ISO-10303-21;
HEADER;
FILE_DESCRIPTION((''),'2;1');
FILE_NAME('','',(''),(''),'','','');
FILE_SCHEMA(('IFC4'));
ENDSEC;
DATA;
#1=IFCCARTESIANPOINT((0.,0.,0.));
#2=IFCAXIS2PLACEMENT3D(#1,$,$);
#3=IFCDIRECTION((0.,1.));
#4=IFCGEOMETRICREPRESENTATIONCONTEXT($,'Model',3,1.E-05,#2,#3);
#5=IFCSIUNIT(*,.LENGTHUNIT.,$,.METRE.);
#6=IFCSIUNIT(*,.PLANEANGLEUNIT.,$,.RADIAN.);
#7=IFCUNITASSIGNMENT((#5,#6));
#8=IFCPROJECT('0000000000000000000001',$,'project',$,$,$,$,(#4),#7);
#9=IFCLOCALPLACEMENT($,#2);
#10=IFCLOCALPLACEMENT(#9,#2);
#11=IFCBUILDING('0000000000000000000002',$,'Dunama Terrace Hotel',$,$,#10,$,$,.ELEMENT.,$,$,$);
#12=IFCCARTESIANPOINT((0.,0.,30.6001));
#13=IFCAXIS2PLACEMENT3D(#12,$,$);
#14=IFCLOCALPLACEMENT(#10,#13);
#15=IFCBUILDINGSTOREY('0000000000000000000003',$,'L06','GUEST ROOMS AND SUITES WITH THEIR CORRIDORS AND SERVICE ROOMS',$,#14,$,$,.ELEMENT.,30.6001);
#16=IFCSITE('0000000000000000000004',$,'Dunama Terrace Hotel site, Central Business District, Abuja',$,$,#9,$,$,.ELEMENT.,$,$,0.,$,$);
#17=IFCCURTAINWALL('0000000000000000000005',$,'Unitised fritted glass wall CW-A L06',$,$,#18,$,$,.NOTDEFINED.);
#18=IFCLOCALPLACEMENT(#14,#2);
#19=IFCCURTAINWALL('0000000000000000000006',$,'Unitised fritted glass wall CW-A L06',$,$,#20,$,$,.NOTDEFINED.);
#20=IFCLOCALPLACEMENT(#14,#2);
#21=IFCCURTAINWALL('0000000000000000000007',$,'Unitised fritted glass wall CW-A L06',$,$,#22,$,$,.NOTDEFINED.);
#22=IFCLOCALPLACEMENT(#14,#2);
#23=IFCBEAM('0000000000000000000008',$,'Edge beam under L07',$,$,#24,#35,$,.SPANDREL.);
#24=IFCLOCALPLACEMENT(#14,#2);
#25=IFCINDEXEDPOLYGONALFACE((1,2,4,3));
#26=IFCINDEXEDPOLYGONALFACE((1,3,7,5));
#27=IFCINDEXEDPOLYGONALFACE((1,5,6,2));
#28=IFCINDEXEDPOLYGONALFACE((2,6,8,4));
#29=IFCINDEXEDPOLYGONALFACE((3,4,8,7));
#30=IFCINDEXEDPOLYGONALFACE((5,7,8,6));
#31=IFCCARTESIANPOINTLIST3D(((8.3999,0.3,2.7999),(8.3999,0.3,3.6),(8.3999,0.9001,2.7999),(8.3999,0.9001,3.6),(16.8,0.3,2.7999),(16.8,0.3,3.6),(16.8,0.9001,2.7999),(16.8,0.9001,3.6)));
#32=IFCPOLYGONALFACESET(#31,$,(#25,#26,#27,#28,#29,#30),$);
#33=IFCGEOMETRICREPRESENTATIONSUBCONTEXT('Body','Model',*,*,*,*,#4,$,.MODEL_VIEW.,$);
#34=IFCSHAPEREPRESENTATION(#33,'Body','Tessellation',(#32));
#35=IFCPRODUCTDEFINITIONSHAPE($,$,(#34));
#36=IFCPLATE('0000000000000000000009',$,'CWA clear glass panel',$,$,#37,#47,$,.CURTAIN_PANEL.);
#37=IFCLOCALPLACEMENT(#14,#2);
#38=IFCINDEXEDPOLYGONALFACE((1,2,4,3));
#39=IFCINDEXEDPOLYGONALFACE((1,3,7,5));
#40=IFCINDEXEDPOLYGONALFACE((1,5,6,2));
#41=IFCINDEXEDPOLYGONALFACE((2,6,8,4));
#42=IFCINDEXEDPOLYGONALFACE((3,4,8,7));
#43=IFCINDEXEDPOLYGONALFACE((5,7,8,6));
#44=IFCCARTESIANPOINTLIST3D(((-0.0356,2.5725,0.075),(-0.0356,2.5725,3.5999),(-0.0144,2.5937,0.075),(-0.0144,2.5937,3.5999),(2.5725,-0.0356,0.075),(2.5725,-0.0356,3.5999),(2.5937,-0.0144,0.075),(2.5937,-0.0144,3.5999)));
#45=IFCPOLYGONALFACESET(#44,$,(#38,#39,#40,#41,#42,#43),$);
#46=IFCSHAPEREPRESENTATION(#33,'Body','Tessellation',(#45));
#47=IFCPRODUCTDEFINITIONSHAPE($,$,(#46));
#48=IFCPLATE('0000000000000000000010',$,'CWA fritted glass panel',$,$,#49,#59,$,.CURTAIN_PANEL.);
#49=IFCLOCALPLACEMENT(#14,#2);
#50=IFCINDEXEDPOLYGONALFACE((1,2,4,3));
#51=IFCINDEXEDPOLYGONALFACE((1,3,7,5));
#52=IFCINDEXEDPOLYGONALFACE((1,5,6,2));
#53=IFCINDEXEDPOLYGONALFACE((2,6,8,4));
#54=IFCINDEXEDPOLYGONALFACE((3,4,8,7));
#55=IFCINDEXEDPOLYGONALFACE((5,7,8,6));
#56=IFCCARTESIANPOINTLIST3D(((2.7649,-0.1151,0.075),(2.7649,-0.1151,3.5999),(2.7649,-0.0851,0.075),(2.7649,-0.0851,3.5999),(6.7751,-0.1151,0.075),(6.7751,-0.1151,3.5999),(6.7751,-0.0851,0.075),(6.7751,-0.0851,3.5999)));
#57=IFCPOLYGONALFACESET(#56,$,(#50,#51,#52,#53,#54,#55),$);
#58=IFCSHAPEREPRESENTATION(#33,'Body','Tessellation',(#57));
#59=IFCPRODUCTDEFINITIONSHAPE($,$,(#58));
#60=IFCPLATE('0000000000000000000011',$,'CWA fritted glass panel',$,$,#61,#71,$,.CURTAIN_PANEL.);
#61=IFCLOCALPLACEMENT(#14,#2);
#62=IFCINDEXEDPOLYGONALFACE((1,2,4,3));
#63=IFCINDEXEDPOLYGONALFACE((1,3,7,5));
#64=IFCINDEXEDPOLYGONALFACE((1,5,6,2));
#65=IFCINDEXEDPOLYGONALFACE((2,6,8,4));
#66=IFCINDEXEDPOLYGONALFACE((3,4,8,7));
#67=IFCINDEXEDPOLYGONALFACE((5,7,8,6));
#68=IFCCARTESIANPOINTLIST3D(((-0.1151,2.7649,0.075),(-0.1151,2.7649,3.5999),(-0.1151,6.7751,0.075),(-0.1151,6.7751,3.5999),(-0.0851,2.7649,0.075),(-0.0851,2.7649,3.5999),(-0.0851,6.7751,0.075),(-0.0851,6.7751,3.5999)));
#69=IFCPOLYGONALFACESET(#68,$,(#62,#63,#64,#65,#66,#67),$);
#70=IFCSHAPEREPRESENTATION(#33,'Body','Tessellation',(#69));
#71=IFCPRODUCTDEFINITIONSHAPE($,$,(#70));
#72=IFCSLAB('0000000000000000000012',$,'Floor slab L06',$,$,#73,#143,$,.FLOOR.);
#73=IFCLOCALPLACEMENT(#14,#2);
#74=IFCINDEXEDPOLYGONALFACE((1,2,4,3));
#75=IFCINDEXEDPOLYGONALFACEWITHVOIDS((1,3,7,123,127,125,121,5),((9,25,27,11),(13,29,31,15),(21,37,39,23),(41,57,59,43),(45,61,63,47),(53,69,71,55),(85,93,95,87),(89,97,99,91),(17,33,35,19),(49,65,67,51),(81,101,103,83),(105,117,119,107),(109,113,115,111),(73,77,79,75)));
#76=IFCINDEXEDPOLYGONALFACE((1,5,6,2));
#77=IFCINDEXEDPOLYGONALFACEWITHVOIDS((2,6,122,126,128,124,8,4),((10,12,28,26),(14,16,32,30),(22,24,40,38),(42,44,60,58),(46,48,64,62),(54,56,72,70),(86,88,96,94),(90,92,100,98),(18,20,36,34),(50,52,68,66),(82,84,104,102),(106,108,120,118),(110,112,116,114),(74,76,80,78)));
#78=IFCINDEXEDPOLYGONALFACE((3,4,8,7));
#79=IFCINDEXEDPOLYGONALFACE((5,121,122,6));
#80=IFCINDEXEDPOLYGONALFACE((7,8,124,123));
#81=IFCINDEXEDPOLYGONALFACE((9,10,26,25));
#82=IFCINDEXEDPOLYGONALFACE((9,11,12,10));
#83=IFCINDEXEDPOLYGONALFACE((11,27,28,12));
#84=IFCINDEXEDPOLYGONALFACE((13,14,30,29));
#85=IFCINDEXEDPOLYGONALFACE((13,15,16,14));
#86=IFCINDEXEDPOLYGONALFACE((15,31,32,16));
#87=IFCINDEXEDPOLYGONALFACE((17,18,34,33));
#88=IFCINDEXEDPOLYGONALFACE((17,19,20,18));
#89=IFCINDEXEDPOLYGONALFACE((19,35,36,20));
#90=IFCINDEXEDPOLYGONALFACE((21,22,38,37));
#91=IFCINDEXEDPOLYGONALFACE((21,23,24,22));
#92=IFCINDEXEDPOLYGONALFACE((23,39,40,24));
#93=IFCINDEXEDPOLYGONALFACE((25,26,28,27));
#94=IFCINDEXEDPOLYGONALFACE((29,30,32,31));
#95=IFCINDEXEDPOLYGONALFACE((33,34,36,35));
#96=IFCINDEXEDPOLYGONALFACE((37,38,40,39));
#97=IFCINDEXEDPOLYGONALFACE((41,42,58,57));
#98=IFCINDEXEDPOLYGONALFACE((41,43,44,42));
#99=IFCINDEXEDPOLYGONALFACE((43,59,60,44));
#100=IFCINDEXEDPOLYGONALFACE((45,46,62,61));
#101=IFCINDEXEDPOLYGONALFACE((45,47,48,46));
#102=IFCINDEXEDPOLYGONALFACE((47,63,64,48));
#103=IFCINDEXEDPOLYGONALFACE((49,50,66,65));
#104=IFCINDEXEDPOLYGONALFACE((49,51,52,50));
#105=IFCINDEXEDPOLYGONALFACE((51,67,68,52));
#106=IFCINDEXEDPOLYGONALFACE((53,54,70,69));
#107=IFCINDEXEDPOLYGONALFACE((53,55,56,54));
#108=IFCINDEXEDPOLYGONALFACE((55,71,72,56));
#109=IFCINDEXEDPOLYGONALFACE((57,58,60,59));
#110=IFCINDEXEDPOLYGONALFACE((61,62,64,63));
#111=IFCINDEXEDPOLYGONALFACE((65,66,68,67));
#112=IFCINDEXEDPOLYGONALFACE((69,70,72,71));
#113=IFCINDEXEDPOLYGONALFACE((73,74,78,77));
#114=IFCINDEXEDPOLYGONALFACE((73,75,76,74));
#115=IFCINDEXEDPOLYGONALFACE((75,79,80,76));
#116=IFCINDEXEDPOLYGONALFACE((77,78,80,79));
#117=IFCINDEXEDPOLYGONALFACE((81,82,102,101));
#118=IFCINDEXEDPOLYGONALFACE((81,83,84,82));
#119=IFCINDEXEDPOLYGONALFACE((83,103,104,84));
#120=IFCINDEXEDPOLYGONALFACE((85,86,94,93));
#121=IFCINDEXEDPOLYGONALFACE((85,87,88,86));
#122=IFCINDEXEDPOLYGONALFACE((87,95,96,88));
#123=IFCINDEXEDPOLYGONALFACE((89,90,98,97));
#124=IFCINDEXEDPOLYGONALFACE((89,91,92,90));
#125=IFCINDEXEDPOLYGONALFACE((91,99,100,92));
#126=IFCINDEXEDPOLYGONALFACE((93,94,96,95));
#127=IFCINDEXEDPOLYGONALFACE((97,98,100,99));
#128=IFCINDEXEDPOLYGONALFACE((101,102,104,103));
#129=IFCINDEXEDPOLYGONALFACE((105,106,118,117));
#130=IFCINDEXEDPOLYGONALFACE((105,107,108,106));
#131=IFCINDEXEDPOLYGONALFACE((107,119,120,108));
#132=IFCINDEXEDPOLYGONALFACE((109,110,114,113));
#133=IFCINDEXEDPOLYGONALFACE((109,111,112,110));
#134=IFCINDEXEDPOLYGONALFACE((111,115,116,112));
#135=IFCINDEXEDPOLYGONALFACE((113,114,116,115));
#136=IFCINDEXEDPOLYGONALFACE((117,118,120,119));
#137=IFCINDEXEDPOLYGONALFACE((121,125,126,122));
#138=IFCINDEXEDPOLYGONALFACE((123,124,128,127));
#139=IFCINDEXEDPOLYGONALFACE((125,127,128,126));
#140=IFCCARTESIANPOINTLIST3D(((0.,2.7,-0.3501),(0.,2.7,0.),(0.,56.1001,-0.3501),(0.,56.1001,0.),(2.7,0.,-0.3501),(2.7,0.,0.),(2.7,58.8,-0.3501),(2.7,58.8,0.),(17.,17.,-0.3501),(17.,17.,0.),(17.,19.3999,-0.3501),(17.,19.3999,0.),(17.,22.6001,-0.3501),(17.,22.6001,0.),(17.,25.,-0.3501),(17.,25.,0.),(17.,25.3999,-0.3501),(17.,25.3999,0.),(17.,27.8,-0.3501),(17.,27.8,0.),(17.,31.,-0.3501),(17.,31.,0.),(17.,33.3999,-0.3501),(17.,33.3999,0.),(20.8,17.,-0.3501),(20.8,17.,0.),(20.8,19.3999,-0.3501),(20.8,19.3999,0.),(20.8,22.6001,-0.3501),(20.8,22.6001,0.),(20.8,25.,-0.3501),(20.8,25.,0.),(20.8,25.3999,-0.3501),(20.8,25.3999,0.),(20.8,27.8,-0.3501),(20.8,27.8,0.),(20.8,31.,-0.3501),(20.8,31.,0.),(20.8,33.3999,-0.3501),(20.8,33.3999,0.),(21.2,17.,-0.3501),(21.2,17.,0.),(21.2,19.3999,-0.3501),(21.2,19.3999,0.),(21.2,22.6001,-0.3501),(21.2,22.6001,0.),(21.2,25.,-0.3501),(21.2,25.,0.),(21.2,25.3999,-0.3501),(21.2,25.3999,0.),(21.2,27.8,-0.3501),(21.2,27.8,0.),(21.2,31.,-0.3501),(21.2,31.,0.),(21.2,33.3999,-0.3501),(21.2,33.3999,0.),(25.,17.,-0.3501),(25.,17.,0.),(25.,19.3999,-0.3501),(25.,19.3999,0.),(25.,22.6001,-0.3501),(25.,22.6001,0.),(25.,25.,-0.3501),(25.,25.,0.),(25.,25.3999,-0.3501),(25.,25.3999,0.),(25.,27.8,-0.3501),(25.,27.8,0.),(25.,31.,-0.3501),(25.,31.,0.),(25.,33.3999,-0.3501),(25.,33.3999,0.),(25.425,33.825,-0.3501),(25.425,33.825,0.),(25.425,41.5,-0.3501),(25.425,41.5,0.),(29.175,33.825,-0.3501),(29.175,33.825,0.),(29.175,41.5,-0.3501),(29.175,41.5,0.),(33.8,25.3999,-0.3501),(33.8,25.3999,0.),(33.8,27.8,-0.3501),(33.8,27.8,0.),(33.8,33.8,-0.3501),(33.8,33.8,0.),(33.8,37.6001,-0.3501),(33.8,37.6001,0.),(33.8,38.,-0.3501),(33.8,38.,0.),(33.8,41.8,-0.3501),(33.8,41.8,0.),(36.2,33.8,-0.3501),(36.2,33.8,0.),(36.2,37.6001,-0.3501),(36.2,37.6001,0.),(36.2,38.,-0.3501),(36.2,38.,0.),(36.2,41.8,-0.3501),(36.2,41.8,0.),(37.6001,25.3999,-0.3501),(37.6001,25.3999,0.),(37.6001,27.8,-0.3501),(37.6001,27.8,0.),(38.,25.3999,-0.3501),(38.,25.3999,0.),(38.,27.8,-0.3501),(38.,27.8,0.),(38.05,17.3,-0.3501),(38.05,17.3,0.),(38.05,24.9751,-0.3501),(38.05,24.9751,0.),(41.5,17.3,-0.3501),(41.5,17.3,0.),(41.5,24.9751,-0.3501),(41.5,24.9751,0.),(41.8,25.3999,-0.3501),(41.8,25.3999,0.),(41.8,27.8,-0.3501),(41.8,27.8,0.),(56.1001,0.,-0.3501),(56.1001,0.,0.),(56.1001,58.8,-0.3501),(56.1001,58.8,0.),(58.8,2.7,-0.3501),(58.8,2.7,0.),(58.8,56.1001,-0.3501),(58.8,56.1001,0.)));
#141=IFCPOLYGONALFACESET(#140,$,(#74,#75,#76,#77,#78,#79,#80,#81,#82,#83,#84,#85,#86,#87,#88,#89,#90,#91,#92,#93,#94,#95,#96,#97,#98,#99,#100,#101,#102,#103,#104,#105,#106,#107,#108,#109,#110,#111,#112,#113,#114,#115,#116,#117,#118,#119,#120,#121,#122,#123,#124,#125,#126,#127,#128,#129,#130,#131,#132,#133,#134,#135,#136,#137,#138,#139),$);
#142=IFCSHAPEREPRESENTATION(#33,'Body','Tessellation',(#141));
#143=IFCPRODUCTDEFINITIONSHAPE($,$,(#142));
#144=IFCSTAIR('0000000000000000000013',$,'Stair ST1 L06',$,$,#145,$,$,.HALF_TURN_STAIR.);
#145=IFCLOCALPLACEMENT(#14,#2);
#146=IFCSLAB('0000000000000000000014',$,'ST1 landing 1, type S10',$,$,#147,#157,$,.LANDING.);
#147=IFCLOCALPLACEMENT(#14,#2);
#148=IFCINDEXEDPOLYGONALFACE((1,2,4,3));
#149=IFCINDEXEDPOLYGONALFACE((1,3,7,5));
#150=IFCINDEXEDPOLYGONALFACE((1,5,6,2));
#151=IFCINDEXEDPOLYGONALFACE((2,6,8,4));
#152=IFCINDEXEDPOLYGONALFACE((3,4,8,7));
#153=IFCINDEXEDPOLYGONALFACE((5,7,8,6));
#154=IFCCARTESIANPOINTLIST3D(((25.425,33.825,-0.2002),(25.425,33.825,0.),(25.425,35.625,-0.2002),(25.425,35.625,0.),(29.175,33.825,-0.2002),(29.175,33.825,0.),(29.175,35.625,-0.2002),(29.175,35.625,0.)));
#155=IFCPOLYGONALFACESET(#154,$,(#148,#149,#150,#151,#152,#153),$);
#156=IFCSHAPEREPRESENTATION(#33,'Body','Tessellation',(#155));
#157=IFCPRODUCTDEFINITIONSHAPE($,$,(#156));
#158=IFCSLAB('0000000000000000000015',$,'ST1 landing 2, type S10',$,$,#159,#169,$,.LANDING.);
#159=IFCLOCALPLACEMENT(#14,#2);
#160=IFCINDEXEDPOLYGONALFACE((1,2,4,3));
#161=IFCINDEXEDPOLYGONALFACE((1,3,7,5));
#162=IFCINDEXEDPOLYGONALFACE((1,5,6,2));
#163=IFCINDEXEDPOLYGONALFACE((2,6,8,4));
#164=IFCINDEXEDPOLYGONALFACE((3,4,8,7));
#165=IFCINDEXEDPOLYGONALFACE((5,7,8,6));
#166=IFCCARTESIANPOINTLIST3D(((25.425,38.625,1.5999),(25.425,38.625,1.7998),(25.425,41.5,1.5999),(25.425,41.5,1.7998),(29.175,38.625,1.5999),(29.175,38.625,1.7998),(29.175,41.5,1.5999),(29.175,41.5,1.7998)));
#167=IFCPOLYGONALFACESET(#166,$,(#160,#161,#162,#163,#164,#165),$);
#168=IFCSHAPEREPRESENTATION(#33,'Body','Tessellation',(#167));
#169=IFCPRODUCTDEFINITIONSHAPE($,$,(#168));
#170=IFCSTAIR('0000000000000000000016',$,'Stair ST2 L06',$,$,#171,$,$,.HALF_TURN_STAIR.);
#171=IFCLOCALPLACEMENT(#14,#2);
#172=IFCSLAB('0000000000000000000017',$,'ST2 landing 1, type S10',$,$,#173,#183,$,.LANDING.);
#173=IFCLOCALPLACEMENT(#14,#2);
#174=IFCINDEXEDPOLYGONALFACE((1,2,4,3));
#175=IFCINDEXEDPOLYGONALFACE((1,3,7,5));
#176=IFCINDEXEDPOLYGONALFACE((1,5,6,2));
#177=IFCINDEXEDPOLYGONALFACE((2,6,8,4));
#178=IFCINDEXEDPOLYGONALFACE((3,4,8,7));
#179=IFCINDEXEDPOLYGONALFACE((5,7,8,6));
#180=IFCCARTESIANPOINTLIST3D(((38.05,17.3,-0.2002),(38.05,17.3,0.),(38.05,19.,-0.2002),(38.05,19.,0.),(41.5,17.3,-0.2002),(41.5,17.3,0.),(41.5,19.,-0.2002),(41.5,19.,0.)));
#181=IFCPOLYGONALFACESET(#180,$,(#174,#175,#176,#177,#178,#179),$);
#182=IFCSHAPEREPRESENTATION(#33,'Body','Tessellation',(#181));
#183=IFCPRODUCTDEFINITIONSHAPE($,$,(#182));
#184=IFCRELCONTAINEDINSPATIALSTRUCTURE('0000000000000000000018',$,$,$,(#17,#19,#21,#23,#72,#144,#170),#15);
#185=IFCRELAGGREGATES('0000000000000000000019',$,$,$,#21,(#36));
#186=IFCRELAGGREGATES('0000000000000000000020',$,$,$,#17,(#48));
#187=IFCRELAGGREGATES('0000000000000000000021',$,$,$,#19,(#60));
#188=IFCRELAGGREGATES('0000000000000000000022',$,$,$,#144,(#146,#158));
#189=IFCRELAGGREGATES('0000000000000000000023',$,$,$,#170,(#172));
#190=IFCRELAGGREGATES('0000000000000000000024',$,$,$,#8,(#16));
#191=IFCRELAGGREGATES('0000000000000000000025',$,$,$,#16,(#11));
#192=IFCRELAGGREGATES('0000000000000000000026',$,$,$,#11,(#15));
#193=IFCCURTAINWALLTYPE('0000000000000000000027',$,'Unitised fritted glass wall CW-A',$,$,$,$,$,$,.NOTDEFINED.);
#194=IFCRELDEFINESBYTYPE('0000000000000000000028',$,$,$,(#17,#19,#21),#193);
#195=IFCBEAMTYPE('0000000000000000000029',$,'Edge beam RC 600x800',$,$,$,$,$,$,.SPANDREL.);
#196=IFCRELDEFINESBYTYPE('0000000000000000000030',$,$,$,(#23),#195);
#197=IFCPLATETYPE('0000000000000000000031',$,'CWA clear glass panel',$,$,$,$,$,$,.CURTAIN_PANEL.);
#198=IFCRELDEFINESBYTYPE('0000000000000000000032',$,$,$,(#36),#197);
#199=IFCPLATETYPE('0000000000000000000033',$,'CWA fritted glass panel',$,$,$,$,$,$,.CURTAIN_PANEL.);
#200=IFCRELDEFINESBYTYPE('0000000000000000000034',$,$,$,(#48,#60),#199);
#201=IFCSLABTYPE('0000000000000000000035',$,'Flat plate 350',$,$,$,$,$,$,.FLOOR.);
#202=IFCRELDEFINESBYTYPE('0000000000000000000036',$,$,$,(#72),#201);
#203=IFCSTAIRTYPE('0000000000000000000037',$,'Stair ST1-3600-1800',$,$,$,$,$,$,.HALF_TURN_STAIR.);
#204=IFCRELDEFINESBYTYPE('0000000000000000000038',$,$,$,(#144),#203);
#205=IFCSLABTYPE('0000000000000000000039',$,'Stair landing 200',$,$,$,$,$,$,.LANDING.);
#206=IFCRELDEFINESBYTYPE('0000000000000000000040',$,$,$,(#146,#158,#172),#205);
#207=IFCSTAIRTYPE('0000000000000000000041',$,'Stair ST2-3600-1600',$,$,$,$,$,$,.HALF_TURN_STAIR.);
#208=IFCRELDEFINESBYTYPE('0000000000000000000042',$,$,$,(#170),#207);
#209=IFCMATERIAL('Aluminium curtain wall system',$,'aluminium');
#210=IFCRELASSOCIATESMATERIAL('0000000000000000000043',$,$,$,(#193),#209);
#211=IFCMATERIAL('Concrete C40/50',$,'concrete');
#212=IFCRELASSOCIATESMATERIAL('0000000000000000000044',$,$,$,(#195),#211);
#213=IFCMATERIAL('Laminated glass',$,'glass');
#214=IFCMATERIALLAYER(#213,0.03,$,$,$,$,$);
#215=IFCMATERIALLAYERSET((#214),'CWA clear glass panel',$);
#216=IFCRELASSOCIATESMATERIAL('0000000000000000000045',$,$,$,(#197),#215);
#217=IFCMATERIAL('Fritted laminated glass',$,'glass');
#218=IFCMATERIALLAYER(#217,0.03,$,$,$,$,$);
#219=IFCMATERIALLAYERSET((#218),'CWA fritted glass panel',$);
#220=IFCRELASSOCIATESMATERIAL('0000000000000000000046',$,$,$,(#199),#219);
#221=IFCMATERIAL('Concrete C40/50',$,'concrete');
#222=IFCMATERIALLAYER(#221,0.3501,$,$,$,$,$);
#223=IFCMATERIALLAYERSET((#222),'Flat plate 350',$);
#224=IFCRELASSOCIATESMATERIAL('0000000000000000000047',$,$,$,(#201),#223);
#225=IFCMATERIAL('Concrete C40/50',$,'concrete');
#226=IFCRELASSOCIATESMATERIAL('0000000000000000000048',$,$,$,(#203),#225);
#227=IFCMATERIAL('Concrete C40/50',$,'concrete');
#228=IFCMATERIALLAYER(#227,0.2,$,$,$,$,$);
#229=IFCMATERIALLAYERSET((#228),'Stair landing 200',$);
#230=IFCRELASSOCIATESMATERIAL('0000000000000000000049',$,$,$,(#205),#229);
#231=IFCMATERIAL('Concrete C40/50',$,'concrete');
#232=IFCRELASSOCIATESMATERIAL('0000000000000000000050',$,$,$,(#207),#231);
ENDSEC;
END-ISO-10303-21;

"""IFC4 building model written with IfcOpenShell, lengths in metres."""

from ifc_helpers import new_model, si_unit, direction, frame, origin, origin_2d, place, context, subcontext, project, spatial, polyline, rectangle, outline, extrude, material, layer, layer_set, material_profile, profile_set, type_object, element, aggregate, save


model = new_model("IFC4")

# Units and contexts
model_context = context("Model", 3, precision=1e-05, world=origin(), true_north=direction((0.0, 1.0)))
body_context = subcontext(model_context, "Body", "Model", "MODEL_VIEW")
ifc_project = project(units=[si_unit("LENGTHUNIT", "METRE"), si_unit("PLANEANGLEUNIT", "RADIAN")], contexts=[model_context])

# Site, building, storey
site_placement = place(None, origin())
site = spatial("IfcSite", under=ifc_project, at=site_placement, Name="Dunama Terrace Hotel site, Central Business District, Abuja", CompositionType="ELEMENT", RefElevation=0.0)
building_placement = place(site_placement, origin())
building = spatial("IfcBuilding", under=site, at=building_placement, Name="Dunama Terrace Hotel", CompositionType="ELEMENT")
storey_placement = place(building_placement, frame((0.0, 0.0, 30.6001)))
storey = spatial("IfcBuildingStorey", under=building, at=storey_placement, Name="L06", Description="GUEST ROOMS AND SUITES WITH THEIR CORRIDORS AND SERVICE ROOMS", CompositionType="ELEMENT", Elevation=30.6001)

# Curtain walls
ifc_material_1 = material(Name="Aluminium curtain wall system", Category="aluminium")
curtain_wall_type = type_object("IfcCurtainWallType", Name="Unitised fritted glass wall CW-A", PredefinedType="NOTDEFINED", material=ifc_material_1)
curtain_wall_1_placement = place(storey_placement, origin())
curtain_wall_1 = element("IfcCurtainWall", 1, at=curtain_wall_1_placement, inside=storey, type_object=curtain_wall_type, Name="Unitised fritted glass wall CW-A L06", PredefinedType="NOTDEFINED")
curtain_wall_2_placement = place(storey_placement, origin())
curtain_wall_2 = element("IfcCurtainWall", 2, at=curtain_wall_2_placement, inside=storey, type_object=curtain_wall_type, Name="Unitised fritted glass wall CW-A L06", PredefinedType="NOTDEFINED")
curtain_wall_3_placement = place(storey_placement, origin())
curtain_wall_3 = element("IfcCurtainWall", 3, at=curtain_wall_3_placement, inside=storey, type_object=curtain_wall_type, Name="Unitised fritted glass wall CW-A L06", PredefinedType="NOTDEFINED")

# Beam
ifc_material_2 = material(Name="Concrete C40/50", Category="concrete")
ifc_material_profile_1 = material_profile(ifc_material_2, rectangle(XDim=0.6001, YDim=0.8, at=origin_2d()), Name="RC 600x800")
ifc_profile_set_1 = profile_set([ifc_material_profile_1], Name="Concrete C40/50")
beam_type_1 = type_object("IfcBeamType", Name="Edge beam RC 600x800", PredefinedType="SPANDREL", material=ifc_profile_set_1)
beam_1_placement = place(storey_placement, frame((8.3999, 0.6001, 3.2), z_axis=(1.0, 0.0, 0.0), x_axis=(0.0, 1.0, 0.0)))
element("IfcBeam", 4, at=beam_1_placement, inside=storey, type_object=beam_type_1, Name="Edge beam under L07", PredefinedType="SPANDREL", context=body_context, shape_type="SweptSolid", body=[
    extrude(rectangle(XDim=0.6001, YDim=0.8, at=origin_2d()), origin(), (0.0, 0.0, 1.0), 8.4001),
])

# Plates
ifc_material_3 = material(Name="Laminated glass", Category="glass")
ifc_layer_1 = layer(ifc_material_3, 0.03)
ifc_layer_set_1 = layer_set([ifc_layer_1], Name="CWA clear glass panel")
plate_type_1 = type_object("IfcPlateType", Name="CWA clear glass panel", PredefinedType="CURTAIN_PANEL", material=ifc_layer_set_1)
plate_1_placement = place(storey_placement, frame((1.2791, 1.2791, 0.075), z_axis=(0.0, 0.0, 1.0), x_axis=(0.707107, -0.707107, 0.0)))
plate_1 = element("IfcPlate", 5, at=plate_1_placement, type_object=plate_type_1, Name="CWA clear glass panel", PredefinedType="CURTAIN_PANEL", context=body_context, shape_type="SweptSolid", body=[
    extrude(rectangle(XDim=3.6885, YDim=0.03, at=origin_2d()), origin(), (0.0, 0.0, 1.0), 3.5249),
])
aggregate(curtain_wall_3, [plate_1])
ifc_material_4 = material(Name="Fritted laminated glass", Category="glass")
ifc_layer_2 = layer(ifc_material_4, 0.03)
ifc_layer_set_2 = layer_set([ifc_layer_2], Name="CWA fritted glass panel")
plate_type_2 = type_object("IfcPlateType", Name="CWA fritted glass panel", PredefinedType="CURTAIN_PANEL", material=ifc_layer_set_2)
plate_2_placement = place(storey_placement, frame((4.77, -0.1001, 0.075), z_axis=(0.0, 0.0, 1.0), x_axis=(1.0, 0.0, 0.0)))
plate_2 = element("IfcPlate", 6, at=plate_2_placement, type_object=plate_type_2, Name="CWA fritted glass panel", PredefinedType="CURTAIN_PANEL", context=body_context, shape_type="SweptSolid", body=[
    extrude(rectangle(XDim=4.0103, YDim=0.03, at=origin_2d()), origin(), (0.0, 0.0, 1.0), 3.5249),
])
aggregate(curtain_wall_1, [plate_2])
plate_3_placement = place(storey_placement, frame((-0.1001, 4.77, 0.075), z_axis=(0.0, 0.0, 1.0), x_axis=(0.0, -1.0, 0.0)))
plate_3 = element("IfcPlate", 7, at=plate_3_placement, type_object=plate_type_2, Name="CWA fritted glass panel", PredefinedType="CURTAIN_PANEL", context=body_context, shape_type="SweptSolid", body=[
    extrude(rectangle(XDim=4.0103, YDim=0.03, at=origin_2d()), origin(), (0.0, 0.0, 1.0), 3.5249),
])
aggregate(curtain_wall_2, [plate_3])

# Slab
ifc_material_5 = material(Name="Concrete C40/50", Category="concrete")
ifc_layer_3 = layer(ifc_material_5, 0.3501)
ifc_layer_set_3 = layer_set([ifc_layer_3], Name="Flat plate 350")
slab_type_1 = type_object("IfcSlabType", Name="Flat plate 350", PredefinedType="FLOOR", material=ifc_layer_set_3)
slab_1_placement = place(storey_placement, frame((0.0, 0.0, -0.3501)))
element("IfcSlab", 8, at=slab_1_placement, inside=storey, type_object=slab_type_1, Name="Floor slab L06", PredefinedType="FLOOR", context=body_context, shape_type="SweptSolid", body=[
    extrude(outline(polyline([(2.7, 0.0), (56.1001, 0.0), (58.8, 2.7), (58.8, 56.1001), (56.1001, 58.8), (2.7, 58.8), (0.0, 56.1001), (0.0, 2.7), (2.7, 0.0)]), holes=[polyline([(20.8, 25.3999), (20.8, 27.8), (17.0, 27.8), (17.0, 25.3999), (20.8, 25.3999)]), polyline([(25.0, 25.3999), (25.0, 27.8), (21.2, 27.8), (21.2, 25.3999), (25.0, 25.3999)]), polyline([(20.8, 31.0), (20.8, 33.3999), (17.0, 33.3999), (17.0, 31.0), (20.8, 31.0)]), polyline([(25.0, 31.0), (25.0, 33.3999), (21.2, 33.3999), (21.2, 31.0), (25.0, 31.0)]), polyline([(37.6001, 25.3999), (37.6001, 27.8), (33.8, 27.8), (33.8, 25.3999), (37.6001, 25.3999)]), polyline([(41.8, 25.3999), (41.8, 27.8), (38.0, 27.8), (38.0, 25.3999), (41.8, 25.3999)]), polyline([(20.8, 17.0), (20.8, 19.3999), (17.0, 19.3999), (17.0, 17.0), (20.8, 17.0)]), polyline([(25.0, 17.0), (25.0, 19.3999), (21.2, 19.3999), (21.2, 17.0), (25.0, 17.0)]), polyline([(20.8, 22.6001), (20.8, 25.0), (17.0, 25.0), (17.0, 22.6001), (20.8, 22.6001)]), polyline([(25.0, 22.6001), (25.0, 25.0), (21.2, 25.0), (21.2, 22.6001), (25.0, 22.6001)]), polyline([(36.2, 38.0), (36.2, 41.8), (33.8, 41.8), (33.8, 38.0), (36.2, 38.0)]), polyline([(36.2, 33.8), (36.2, 37.6001), (33.8, 37.6001), (33.8, 33.8), (36.2, 33.8)]), polyline([(29.175, 33.825), (29.175, 41.5), (25.425, 41.5), (25.425, 33.825), (29.175, 33.825)]), polyline([(41.5, 17.3), (41.5, 24.9751), (38.05, 24.9751), (38.05, 17.3), (41.5, 17.3)])]), origin(), (0.0, 0.0, 1.0), 0.3501),
])

# Stairs, slabs
ifc_material_6 = material(Name="Concrete C40/50", Category="concrete")
stair_type_1 = type_object("IfcStairType", Name="Stair ST1-3600-1800", PredefinedType="HALF_TURN_STAIR", material=ifc_material_6)
stair_1_placement = place(storey_placement, origin())
stair_1 = element("IfcStair", 9, at=stair_1_placement, inside=storey, type_object=stair_type_1, Name="Stair ST1 L06", PredefinedType="HALF_TURN_STAIR")
ifc_material_7 = material(Name="Concrete C40/50", Category="concrete")
ifc_layer_4 = layer(ifc_material_7, 0.2)
ifc_layer_set_4 = layer_set([ifc_layer_4], Name="Stair landing 200")
slab_type_2 = type_object("IfcSlabType", Name="Stair landing 200", PredefinedType="LANDING", material=ifc_layer_set_4)
slab_2_placement = place(storey_placement, frame((0.0, 0.0, -0.2002)))
slab_2 = element("IfcSlab", 10, at=slab_2_placement, type_object=slab_type_2, Name="ST1 landing 1, type S10", PredefinedType="LANDING", context=body_context, shape_type="SweptSolid", body=[
    extrude(outline(polyline([(25.425, 33.825), (29.175, 33.825), (29.175, 35.625), (25.425, 35.625), (25.425, 33.825)])), origin(), (0.0, 0.0, 1.0), 0.2002),
])
slab_3_placement = place(storey_placement, frame((0.0, 0.0, 1.5999)))
slab_3 = element("IfcSlab", 11, at=slab_3_placement, type_object=slab_type_2, Name="ST1 landing 2, type S10", PredefinedType="LANDING", context=body_context, shape_type="SweptSolid", body=[
    extrude(outline(polyline([(25.425, 38.625), (29.175, 38.625), (29.175, 41.5), (25.425, 41.5), (25.425, 38.625)])), origin(), (0.0, 0.0, 1.0), 0.2),
])
aggregate(stair_1, [slab_2, slab_3])
ifc_material_8 = material(Name="Concrete C40/50", Category="concrete")
stair_type_2 = type_object("IfcStairType", Name="Stair ST2-3600-1600", PredefinedType="HALF_TURN_STAIR", material=ifc_material_8)
stair_2_placement = place(storey_placement, origin())
stair_2 = element("IfcStair", 12, at=stair_2_placement, inside=storey, type_object=stair_type_2, Name="Stair ST2 L06", PredefinedType="HALF_TURN_STAIR")
slab_4_placement = place(storey_placement, frame((0.0, 0.0, -0.2002)))
slab_4 = element("IfcSlab", 13, at=slab_4_placement, type_object=slab_type_2, Name="ST2 landing 1, type S10", PredefinedType="LANDING", context=body_context, shape_type="SweptSolid", body=[
    extrude(outline(polyline([(38.05, 17.3), (41.5, 17.3), (41.5, 19.0), (38.05, 19.0), (38.05, 17.3)])), origin(), (0.0, 0.0, 1.0), 0.2002),
])
aggregate(stair_2, [slab_4])

save(model, "model.ifc")
